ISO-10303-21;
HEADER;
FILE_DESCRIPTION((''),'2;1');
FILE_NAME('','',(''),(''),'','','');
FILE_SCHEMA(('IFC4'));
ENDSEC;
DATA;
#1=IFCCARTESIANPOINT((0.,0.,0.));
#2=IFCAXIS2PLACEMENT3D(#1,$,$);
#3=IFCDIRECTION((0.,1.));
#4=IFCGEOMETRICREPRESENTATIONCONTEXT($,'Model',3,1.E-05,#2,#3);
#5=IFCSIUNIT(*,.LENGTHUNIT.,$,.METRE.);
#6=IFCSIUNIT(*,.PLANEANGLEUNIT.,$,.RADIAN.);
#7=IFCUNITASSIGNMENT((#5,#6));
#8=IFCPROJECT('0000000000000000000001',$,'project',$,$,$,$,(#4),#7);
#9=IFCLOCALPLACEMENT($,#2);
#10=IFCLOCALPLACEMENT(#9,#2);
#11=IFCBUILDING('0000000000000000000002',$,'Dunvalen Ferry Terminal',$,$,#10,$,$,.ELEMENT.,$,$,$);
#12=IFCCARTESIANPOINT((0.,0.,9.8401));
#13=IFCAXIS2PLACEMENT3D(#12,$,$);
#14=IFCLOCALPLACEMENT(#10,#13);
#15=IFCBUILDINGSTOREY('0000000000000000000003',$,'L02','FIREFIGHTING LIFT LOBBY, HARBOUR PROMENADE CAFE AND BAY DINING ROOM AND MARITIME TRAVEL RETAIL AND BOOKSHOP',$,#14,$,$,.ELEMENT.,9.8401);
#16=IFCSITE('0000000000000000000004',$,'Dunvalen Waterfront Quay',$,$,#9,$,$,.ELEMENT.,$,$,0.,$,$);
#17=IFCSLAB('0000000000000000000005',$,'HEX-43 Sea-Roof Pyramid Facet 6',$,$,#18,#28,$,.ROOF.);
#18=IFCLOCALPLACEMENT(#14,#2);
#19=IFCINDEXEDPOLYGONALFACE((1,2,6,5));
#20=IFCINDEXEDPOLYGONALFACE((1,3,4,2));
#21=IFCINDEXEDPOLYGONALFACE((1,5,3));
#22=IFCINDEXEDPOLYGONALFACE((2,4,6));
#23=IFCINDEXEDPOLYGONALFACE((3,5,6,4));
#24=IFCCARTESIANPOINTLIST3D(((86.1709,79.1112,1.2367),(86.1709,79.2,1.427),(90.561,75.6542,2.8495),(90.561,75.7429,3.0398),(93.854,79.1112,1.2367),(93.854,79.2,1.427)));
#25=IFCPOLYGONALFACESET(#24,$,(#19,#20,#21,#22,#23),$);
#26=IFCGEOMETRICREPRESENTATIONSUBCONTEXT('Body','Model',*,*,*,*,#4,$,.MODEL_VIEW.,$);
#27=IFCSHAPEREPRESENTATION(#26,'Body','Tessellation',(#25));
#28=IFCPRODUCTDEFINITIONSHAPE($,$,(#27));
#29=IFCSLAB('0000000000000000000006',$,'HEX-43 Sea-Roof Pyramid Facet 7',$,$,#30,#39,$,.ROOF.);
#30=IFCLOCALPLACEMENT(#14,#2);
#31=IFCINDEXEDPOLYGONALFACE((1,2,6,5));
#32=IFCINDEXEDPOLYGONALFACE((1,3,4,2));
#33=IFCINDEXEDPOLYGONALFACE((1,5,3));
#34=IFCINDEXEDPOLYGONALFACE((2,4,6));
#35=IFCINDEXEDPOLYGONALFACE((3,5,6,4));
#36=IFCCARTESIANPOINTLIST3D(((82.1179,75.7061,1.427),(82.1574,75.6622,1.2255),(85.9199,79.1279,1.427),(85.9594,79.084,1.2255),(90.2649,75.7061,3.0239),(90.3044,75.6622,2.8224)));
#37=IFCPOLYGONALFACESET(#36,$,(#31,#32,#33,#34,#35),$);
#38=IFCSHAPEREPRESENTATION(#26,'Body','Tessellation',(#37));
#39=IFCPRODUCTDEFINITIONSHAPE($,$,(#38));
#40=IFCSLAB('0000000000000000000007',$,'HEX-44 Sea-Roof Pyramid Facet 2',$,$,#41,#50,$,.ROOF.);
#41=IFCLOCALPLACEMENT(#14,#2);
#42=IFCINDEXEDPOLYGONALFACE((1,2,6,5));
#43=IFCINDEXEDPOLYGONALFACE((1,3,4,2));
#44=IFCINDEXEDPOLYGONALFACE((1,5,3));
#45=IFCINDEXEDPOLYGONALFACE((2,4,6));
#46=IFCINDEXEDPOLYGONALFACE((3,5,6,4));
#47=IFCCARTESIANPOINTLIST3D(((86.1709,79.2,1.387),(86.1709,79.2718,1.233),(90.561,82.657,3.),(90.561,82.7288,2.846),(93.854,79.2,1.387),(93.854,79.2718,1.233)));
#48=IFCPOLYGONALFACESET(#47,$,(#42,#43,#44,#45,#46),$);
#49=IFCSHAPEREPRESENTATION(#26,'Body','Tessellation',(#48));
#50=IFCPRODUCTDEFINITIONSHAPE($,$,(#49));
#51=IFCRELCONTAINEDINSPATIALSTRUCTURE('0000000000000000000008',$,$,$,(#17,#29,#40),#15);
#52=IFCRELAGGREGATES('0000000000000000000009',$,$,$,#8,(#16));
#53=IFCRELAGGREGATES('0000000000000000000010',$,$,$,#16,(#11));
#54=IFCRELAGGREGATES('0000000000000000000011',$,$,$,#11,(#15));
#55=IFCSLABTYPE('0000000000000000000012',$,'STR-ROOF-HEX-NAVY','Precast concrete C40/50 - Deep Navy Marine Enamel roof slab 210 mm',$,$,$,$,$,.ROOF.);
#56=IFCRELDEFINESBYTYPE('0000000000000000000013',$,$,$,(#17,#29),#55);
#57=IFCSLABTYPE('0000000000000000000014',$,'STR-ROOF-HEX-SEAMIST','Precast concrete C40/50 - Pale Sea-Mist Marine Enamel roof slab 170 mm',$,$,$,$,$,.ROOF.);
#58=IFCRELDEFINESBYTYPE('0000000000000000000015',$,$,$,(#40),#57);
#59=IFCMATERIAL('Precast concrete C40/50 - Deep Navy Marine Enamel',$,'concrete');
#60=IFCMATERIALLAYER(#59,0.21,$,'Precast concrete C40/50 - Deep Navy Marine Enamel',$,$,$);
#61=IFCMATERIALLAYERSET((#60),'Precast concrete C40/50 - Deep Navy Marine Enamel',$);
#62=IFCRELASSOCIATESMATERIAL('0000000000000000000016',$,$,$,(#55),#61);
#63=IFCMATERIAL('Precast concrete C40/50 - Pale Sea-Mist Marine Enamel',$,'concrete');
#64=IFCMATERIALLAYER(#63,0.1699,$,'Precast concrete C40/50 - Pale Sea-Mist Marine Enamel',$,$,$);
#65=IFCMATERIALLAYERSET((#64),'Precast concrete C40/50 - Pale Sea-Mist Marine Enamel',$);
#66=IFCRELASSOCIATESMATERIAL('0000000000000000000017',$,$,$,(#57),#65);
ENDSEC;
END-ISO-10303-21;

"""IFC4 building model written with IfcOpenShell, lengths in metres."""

from ifc_helpers import new_model, si_unit, direction, frame, origin, place, context, subcontext, project, spatial, polyline, outline, extrude, material, layer, layer_set, type_object, element, save


model = new_model("IFC4")

# Units and contexts
model_context = context("Model", 3, precision=1e-05, world=origin(), true_north=direction((0.0, 1.0)))
body_context = subcontext(model_context, "Body", "Model", "MODEL_VIEW")
ifc_project = project(units=[si_unit("LENGTHUNIT", "METRE"), si_unit("PLANEANGLEUNIT", "RADIAN")], contexts=[model_context])

# Site, building, storey
site_placement = place(None, origin())
site = spatial("IfcSite", under=ifc_project, at=site_placement, Name="Dunvalen Waterfront Quay", CompositionType="ELEMENT", RefElevation=0.0)
building_placement = place(site_placement, origin())
building = spatial("IfcBuilding", under=site, at=building_placement, Name="Dunvalen Ferry Terminal", CompositionType="ELEMENT")
storey_placement = place(building_placement, frame((0.0, 0.0, 9.8401)))
storey = spatial("IfcBuildingStorey", under=building, at=storey_placement, Name="L02", Description="FIREFIGHTING LIFT LOBBY, HARBOUR PROMENADE CAFE AND BAY DINING ROOM AND MARITIME TRAVEL RETAIL AND BOOKSHOP", CompositionType="ELEMENT", Elevation=9.8401)

# Slabs
ifc_material_1 = material(Name="Precast concrete C40/50 - Deep Navy Marine Enamel", Category="concrete")
ifc_layer_1 = layer(ifc_material_1, 0.21, Name="Precast concrete C40/50 - Deep Navy Marine Enamel")
ifc_layer_set_1 = layer_set([ifc_layer_1], Name="Precast concrete C40/50 - Deep Navy Marine Enamel")
slab_type_1 = type_object("IfcSlabType", Name="STR-ROOF-HEX-NAVY", Description="Precast concrete C40/50 - Deep Navy Marine Enamel roof slab 210 mm", PredefinedType="ROOF", material=ifc_layer_set_1)
slab_1_placement = place(storey_placement, frame((93.854, 79.2, 1.427), z_axis=(0.0, 0.42278, 0.906232), x_axis=(-1.0, 0.0, 0.0)))
element("IfcSlab", 1, at=slab_1_placement, inside=storey, type_object=slab_type_1, Name="HEX-43 Sea-Roof Pyramid Facet 6", PredefinedType="ROOF", context=body_context, shape_type="SweptSolid", body=[
    extrude(outline(polyline([(0.0, 0.0), (7.6831, 0.0), (3.293, 3.8147), (0.0, 0.0)])), origin(), (0.0, 0.0, -1.0), 0.21),
])
slab_2_placement = place(storey_placement, frame((85.9199, 79.1279, 1.427), z_axis=(-0.188106, 0.209002, 0.959653), x_axis=(-0.743287, -0.668973, 0.0)))
element("IfcSlab", 2, at=slab_2_placement, inside=storey, type_object=slab_type_1, Name="HEX-43 Sea-Roof Pyramid Facet 7", PredefinedType="ROOF", context=body_context, shape_type="SweptSolid", body=[
    extrude(outline(polyline([(0.0, 0.0), (5.1151, 0.0), (-0.9404, 5.6792), (0.0, 0.0)])), origin(), (0.0, 0.0, -1.0), 0.21),
])
ifc_material_2 = material(Name="Precast concrete C40/50 - Pale Sea-Mist Marine Enamel", Category="concrete")
ifc_layer_2 = layer(ifc_material_2, 0.1699, Name="Precast concrete C40/50 - Pale Sea-Mist Marine Enamel")
ifc_layer_set_2 = layer_set([ifc_layer_2], Name="Precast concrete C40/50 - Pale Sea-Mist Marine Enamel")
slab_type_2 = type_object("IfcSlabType", Name="STR-ROOF-HEX-SEAMIST", Description="Precast concrete C40/50 - Pale Sea-Mist Marine Enamel roof slab 170 mm", PredefinedType="ROOF", material=ifc_layer_set_2)
slab_3_placement = place(storey_placement, frame((86.1709, 79.2, 1.387), z_axis=(0.0, -0.422833, 0.906208), x_axis=(1.0, 0.0, 0.0)))
element("IfcSlab", 3, at=slab_3_placement, inside=storey, type_object=slab_type_2, Name="HEX-44 Sea-Roof Pyramid Facet 2", PredefinedType="ROOF", context=body_context, shape_type="SweptSolid", body=[
    extrude(outline(polyline([(0.0, 0.0), (7.6831, 0.0), (4.3901, 3.8148), (0.0, 0.0)])), origin(), (0.0, 0.0, -1.0), 0.1699),
])

save(model, "model.ifc")
